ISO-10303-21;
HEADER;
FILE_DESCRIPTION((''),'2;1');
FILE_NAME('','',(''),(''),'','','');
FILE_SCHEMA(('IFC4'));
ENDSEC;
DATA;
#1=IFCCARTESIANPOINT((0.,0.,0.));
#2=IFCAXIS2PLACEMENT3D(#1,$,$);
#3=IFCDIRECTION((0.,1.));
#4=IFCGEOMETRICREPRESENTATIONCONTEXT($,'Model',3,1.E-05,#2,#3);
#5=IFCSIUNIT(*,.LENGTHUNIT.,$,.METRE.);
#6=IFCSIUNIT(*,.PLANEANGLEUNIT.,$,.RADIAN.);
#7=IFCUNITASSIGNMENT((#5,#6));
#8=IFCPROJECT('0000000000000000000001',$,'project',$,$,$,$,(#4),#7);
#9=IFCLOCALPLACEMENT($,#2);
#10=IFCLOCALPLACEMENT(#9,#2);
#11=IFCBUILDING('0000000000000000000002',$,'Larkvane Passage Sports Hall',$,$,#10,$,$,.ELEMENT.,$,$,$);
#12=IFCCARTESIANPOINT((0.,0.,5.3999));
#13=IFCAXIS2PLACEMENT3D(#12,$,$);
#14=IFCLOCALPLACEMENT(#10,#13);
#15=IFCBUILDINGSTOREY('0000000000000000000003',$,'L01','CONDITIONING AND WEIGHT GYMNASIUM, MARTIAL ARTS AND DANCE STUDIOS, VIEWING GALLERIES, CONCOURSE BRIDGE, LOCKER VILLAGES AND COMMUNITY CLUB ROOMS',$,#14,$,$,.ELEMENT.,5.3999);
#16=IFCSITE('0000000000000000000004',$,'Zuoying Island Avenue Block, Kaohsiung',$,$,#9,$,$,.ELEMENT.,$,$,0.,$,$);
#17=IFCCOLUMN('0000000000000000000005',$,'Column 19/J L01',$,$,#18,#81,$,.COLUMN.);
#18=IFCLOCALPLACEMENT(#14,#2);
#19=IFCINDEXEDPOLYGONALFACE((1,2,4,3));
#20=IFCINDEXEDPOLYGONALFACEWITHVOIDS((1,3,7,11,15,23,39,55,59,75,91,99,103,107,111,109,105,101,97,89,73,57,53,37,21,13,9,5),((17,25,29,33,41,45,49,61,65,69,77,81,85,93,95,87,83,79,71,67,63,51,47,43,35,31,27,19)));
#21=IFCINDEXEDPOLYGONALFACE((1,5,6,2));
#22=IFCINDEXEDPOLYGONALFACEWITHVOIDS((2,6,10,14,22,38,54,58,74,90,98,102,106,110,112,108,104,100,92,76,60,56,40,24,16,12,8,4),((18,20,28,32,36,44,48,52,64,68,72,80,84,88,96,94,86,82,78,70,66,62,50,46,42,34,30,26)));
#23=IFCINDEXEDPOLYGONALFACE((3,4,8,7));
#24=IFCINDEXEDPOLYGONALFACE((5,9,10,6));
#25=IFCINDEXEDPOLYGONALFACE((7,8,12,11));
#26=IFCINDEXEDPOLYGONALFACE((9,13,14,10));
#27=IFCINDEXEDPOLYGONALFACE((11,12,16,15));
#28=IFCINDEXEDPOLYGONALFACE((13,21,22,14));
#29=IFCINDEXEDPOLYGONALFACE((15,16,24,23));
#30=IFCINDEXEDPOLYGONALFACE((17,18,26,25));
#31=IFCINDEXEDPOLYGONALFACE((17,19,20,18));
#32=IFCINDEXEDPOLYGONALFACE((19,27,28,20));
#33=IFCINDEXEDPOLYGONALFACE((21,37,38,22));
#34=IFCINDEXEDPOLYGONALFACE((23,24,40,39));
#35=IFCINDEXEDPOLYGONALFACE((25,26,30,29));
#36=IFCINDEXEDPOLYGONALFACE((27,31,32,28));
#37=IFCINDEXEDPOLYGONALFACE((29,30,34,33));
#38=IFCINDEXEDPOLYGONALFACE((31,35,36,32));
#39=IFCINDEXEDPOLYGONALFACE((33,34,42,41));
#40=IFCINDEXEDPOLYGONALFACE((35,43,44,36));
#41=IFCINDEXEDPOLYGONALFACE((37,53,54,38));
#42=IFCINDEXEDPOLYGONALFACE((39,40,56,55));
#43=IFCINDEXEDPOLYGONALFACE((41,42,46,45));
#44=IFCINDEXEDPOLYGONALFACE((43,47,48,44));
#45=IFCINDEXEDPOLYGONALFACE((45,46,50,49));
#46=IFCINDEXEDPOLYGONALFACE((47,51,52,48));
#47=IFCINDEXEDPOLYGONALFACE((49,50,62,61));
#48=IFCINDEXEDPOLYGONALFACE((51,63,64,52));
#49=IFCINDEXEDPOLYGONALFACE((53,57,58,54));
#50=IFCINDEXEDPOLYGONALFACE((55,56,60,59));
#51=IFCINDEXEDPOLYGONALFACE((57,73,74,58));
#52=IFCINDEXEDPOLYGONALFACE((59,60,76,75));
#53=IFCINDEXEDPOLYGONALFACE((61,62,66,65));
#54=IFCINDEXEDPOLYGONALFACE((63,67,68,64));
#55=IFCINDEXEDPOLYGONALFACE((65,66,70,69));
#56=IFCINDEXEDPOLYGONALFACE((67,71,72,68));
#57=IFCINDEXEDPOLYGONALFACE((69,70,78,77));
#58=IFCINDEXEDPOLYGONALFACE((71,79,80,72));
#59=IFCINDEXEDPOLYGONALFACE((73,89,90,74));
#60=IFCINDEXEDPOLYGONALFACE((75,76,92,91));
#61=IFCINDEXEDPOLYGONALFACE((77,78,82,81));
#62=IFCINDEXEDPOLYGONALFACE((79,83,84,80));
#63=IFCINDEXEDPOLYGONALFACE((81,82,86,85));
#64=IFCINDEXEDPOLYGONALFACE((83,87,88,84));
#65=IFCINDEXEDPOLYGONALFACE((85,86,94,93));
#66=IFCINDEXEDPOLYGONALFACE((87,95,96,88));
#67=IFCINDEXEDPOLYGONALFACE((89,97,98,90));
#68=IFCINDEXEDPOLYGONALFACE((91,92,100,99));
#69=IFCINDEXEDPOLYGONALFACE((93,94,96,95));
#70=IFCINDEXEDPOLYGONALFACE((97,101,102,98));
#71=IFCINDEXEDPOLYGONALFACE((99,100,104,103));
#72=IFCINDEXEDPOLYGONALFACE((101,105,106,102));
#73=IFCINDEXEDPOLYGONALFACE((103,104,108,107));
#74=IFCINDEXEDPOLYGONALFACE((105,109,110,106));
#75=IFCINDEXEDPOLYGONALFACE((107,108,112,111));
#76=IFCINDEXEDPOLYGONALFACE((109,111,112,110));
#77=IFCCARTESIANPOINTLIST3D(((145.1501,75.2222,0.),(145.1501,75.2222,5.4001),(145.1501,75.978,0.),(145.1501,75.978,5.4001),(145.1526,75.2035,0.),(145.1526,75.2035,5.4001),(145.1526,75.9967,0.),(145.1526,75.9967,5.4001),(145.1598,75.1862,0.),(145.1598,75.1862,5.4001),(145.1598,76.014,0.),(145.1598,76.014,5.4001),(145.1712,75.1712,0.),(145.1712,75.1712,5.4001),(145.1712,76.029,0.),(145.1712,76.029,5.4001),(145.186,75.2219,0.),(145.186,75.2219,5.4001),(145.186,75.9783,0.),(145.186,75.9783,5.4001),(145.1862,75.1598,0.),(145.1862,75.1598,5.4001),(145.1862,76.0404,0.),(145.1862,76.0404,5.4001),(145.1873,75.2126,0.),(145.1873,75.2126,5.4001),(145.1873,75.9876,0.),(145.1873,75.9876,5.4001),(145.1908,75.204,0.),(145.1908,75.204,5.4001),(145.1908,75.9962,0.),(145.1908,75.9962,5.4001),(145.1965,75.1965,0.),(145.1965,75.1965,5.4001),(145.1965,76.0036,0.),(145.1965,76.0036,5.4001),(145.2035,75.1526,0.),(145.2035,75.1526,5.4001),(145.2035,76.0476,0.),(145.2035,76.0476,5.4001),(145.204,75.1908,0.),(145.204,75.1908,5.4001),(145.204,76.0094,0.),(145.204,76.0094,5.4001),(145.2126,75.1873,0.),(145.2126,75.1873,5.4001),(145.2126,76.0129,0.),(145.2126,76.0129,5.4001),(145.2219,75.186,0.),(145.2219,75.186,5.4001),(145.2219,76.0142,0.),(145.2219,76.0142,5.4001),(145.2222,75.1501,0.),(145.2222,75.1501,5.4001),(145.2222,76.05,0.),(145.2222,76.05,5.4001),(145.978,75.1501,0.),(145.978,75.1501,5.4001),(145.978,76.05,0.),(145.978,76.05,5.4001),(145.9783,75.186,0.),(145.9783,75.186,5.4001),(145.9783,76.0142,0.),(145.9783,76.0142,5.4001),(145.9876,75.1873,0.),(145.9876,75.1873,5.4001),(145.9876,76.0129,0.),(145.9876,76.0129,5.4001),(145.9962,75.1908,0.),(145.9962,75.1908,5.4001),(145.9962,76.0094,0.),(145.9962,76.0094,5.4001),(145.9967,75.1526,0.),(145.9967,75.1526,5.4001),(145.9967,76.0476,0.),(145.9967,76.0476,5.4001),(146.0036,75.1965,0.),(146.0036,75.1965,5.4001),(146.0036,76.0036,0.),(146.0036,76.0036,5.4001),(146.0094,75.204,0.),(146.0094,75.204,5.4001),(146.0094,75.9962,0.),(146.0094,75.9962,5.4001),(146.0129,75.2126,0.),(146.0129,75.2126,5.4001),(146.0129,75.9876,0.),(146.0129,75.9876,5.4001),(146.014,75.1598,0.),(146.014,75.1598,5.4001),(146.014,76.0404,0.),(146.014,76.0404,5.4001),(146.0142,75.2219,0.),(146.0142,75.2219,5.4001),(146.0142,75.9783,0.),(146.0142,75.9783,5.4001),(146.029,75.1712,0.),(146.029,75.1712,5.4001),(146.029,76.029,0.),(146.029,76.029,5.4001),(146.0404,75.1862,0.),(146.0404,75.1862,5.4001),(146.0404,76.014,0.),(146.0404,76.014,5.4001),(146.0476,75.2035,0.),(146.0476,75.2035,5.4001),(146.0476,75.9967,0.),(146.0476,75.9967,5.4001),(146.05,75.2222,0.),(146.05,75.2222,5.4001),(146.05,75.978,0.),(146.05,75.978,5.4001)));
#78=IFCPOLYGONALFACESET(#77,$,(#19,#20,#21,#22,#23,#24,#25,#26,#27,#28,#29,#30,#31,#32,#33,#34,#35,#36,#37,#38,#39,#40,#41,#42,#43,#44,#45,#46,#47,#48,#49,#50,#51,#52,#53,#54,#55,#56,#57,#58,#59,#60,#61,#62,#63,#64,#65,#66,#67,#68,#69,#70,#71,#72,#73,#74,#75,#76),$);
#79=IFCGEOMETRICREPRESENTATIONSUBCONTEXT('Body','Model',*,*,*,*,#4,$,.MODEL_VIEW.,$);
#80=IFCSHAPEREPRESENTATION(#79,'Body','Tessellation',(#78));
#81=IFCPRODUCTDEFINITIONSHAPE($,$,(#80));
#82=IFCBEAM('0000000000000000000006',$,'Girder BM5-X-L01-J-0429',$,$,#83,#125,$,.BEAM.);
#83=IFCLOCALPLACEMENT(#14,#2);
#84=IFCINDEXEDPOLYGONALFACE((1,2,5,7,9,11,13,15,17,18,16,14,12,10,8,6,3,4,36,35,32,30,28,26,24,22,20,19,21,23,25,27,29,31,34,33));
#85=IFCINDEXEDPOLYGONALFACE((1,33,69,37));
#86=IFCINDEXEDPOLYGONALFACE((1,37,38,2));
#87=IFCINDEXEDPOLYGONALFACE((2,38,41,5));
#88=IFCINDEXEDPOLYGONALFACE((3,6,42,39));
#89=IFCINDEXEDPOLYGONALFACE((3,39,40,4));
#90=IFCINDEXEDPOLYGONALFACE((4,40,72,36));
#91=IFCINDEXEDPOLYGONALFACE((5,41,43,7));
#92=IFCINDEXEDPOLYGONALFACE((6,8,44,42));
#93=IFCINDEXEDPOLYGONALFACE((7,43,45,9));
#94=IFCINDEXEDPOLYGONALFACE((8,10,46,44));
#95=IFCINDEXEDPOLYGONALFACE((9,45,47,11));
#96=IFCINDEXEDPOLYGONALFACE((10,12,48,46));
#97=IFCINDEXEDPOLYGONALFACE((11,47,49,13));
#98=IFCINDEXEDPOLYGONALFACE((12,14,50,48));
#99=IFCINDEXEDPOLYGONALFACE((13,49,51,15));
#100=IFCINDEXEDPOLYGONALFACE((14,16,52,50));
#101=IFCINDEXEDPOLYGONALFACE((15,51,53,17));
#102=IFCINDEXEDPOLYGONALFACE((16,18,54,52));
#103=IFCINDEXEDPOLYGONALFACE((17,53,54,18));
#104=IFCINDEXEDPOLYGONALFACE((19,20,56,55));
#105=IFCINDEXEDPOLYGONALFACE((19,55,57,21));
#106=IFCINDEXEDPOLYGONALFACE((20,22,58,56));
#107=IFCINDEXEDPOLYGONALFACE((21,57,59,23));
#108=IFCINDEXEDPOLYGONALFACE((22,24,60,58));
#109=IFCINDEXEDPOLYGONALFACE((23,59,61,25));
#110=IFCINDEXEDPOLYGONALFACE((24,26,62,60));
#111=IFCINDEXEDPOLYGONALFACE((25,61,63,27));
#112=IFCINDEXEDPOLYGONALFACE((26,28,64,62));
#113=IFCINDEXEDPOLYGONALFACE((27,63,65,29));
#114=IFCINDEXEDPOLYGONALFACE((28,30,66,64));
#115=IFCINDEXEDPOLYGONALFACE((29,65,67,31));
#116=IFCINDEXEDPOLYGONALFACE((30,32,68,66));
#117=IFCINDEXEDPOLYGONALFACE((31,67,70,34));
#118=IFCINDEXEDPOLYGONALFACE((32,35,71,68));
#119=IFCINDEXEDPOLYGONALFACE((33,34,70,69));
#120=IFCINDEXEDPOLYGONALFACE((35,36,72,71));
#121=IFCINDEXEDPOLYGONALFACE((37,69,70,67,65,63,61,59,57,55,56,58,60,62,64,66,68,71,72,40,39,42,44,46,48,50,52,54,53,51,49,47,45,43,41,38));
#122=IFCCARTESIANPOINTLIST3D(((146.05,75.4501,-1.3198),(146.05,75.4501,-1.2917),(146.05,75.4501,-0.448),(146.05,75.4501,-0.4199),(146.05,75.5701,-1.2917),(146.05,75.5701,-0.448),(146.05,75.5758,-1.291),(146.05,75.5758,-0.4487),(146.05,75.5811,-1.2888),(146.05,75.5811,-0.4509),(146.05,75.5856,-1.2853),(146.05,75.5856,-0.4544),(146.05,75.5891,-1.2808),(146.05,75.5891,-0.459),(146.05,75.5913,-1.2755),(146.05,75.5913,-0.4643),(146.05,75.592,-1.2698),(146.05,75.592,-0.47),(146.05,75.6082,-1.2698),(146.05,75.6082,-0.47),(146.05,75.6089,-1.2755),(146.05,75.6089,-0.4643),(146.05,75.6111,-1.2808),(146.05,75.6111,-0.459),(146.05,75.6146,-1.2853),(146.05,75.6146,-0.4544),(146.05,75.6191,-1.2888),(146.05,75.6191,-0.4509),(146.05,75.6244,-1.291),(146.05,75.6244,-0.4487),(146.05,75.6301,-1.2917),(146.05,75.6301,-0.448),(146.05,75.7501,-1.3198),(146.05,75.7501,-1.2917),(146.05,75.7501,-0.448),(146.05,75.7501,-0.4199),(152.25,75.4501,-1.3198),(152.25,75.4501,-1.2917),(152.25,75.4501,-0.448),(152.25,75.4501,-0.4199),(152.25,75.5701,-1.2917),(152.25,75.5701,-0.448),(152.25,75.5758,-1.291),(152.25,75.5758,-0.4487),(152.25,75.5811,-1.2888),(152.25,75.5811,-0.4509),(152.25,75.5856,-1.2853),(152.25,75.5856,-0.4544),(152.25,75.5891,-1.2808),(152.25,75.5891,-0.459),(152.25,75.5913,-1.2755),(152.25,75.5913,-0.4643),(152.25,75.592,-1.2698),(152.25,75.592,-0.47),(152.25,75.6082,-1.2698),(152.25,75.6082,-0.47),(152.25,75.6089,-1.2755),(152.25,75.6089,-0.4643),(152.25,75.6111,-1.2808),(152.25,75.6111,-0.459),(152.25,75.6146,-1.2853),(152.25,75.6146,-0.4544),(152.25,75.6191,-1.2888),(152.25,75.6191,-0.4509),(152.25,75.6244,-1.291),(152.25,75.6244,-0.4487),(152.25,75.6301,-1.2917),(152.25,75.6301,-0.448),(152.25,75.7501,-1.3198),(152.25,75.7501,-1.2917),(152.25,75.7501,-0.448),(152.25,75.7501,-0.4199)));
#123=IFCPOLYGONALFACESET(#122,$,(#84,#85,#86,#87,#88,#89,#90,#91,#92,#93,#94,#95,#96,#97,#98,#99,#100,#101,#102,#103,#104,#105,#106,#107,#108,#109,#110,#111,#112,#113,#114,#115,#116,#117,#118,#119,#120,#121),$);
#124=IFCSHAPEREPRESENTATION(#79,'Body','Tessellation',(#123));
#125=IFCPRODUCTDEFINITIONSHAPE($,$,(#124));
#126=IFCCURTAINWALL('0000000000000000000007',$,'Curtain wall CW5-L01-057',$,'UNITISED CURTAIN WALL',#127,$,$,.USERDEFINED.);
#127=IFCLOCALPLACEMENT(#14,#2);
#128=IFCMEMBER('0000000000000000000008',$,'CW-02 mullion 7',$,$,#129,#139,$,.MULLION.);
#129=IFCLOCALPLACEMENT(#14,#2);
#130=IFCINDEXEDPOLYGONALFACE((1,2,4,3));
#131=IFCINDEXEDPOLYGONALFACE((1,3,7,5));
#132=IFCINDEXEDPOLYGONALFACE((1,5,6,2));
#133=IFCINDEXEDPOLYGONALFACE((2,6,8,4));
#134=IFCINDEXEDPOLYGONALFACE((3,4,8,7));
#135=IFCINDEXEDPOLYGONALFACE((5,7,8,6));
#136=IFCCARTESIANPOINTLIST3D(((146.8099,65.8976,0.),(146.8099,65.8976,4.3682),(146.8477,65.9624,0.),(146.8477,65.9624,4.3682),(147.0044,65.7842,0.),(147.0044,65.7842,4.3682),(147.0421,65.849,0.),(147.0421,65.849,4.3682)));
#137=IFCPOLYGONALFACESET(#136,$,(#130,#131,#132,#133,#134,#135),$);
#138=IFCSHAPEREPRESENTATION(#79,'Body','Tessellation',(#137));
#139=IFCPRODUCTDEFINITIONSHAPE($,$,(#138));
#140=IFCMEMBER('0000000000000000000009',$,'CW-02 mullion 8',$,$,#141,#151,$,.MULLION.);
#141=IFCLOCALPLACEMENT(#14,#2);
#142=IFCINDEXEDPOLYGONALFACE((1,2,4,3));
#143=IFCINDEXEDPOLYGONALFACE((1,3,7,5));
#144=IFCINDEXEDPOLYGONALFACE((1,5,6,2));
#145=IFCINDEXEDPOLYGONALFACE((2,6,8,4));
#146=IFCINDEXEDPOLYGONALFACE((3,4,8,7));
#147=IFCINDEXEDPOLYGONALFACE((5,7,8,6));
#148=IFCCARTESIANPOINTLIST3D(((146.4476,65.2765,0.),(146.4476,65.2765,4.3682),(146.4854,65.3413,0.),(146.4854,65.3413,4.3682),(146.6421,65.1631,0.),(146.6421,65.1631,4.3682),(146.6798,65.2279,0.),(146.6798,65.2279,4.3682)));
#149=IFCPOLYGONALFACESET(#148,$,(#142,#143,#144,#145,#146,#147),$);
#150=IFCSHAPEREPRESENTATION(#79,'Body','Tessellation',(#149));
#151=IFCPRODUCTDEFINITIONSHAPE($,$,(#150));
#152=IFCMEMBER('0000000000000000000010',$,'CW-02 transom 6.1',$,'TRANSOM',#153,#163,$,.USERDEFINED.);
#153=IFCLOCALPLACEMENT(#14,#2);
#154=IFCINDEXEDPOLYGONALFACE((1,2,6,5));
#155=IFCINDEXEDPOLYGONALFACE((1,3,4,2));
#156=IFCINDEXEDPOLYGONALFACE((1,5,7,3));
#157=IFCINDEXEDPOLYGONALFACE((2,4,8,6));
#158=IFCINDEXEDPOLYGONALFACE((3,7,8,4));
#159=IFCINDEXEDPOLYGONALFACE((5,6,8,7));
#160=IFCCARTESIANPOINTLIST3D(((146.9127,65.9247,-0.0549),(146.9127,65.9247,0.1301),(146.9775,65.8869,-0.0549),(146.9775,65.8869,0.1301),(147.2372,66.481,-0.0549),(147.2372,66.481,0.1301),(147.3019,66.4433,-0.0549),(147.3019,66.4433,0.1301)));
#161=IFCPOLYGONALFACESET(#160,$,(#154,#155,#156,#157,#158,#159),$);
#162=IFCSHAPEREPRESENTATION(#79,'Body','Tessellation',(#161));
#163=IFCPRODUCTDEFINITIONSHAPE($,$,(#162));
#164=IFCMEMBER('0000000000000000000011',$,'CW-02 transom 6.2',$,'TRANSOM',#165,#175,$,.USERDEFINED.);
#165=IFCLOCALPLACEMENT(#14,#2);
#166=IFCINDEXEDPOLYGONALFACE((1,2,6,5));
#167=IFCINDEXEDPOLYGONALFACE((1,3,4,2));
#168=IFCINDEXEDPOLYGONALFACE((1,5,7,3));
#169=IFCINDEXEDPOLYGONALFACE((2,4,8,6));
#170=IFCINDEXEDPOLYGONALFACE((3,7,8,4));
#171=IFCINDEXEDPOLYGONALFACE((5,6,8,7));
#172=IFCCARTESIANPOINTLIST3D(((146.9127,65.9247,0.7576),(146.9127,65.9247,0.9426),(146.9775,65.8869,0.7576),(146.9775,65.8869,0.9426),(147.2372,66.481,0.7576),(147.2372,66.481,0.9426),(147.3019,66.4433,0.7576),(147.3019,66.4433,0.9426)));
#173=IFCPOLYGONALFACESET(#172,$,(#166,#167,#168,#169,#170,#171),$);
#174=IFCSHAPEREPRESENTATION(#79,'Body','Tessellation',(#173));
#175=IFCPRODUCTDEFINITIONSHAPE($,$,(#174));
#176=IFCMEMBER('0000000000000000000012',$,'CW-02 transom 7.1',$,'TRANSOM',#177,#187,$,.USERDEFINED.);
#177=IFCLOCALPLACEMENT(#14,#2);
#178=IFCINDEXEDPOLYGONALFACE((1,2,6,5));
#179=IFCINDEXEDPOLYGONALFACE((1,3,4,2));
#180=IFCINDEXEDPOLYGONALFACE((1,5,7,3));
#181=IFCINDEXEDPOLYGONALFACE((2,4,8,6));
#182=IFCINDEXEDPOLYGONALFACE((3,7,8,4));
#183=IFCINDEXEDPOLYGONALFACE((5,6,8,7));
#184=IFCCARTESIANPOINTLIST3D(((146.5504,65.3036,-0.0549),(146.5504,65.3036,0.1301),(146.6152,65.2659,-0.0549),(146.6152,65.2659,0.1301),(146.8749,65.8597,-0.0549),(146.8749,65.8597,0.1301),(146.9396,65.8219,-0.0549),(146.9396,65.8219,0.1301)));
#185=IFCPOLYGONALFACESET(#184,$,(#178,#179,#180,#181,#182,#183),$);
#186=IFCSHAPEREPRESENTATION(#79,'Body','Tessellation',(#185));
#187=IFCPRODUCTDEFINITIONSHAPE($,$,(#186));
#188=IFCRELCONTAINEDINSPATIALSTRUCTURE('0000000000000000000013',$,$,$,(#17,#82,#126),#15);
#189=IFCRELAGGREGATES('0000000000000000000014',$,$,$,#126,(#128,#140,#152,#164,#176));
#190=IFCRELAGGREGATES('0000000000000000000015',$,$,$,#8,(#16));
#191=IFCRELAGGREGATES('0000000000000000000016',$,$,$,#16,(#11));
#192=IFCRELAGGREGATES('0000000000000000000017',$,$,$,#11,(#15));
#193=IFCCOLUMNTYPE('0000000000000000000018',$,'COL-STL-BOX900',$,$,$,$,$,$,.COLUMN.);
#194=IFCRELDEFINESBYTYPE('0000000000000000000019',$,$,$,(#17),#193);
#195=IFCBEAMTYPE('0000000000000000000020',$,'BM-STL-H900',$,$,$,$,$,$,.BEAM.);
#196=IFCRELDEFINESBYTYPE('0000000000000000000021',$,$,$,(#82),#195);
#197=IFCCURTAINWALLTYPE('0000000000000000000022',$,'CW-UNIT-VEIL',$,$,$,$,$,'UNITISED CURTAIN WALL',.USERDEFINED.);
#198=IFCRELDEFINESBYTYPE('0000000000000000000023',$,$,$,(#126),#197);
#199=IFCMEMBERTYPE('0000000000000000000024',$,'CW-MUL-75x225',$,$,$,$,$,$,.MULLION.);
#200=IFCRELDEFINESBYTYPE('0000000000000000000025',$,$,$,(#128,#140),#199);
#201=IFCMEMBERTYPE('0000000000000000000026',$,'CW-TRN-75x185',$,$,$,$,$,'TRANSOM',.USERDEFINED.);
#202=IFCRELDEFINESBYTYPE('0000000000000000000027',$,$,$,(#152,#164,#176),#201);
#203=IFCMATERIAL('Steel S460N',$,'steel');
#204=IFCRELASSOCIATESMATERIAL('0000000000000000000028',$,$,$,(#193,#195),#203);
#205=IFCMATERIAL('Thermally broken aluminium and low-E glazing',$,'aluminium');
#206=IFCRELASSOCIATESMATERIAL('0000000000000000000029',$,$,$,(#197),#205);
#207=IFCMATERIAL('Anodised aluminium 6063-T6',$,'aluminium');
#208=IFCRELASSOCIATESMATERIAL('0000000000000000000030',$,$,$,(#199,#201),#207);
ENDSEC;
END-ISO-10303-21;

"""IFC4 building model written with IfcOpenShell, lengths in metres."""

from ifc_helpers import new_model, si_unit, direction, frame, origin, origin_2d, place, context, subcontext, project, spatial, rectangle, hollow_rectangle, i_section, extrude, material, material_profile, profile_set, type_object, element, aggregate, save


model = new_model("IFC4")

# Units and contexts
model_context = context("Model", 3, precision=1e-05, world=origin(), true_north=direction((0.0, 1.0)))
body_context = subcontext(model_context, "Body", "Model", "MODEL_VIEW")
ifc_project = project(units=[si_unit("LENGTHUNIT", "METRE"), si_unit("PLANEANGLEUNIT", "RADIAN")], contexts=[model_context])

# Site, building, storey
site_placement = place(None, origin())
site = spatial("IfcSite", under=ifc_project, at=site_placement, Name="Zuoying Island Avenue Block, Kaohsiung", CompositionType="ELEMENT", RefElevation=0.0)
building_placement = place(site_placement, origin())
building = spatial("IfcBuilding", under=site, at=building_placement, Name="Larkvane Passage Sports Hall", CompositionType="ELEMENT")
storey_placement = place(building_placement, frame((0.0, 0.0, 5.3999)))
storey = spatial("IfcBuildingStorey", under=building, at=storey_placement, Name="L01", Description="CONDITIONING AND WEIGHT GYMNASIUM, MARTIAL ARTS AND DANCE STUDIOS, VIEWING GALLERIES, CONCOURSE BRIDGE, LOCKER VILLAGES AND COMMUNITY CLUB ROOMS", CompositionType="ELEMENT", Elevation=5.3999)

# Column
ifc_material_1 = material(Name="Steel S460N", Category="steel")
ifc_material_profile_1 = material_profile(ifc_material_1, hollow_rectangle(XDim=0.8999, YDim=0.8999, WallThickness=0.0359, InnerFilletRadius=0.0359, OuterFilletRadius=0.072, at=origin_2d()), Name="BOX-900x900x36")
ifc_profile_set_1 = profile_set([ifc_material_profile_1], Name="Steel S460N")
column_type = type_object("IfcColumnType", Name="COL-STL-BOX900", PredefinedType="COLUMN", material=ifc_profile_set_1)
column_placement = place(storey_placement, frame((145.6001, 75.6001, 0.0), z_axis=(0.0, 0.0, 1.0), x_axis=(1.0, 0.0, 0.0)))
element("IfcColumn", 1, at=column_placement, inside=storey, type_object=column_type, Name="Column 19/J L01", PredefinedType="COLUMN", context=body_context, shape_type="SweptSolid", body=[
    extrude(hollow_rectangle(XDim=0.8999, YDim=0.8999, WallThickness=0.0359, InnerFilletRadius=0.0359, OuterFilletRadius=0.072, at=origin_2d()), origin(), (0.0, 0.0, 1.0), 5.4001),
])

# Beam
ifc_material_profile_2 = material_profile(ifc_material_1, i_section(OverallWidth=0.3, OverallDepth=0.8999, WebThickness=0.0161, FlangeThickness=0.0281, FilletRadius=0.022, at=origin_2d()), Name="H-900x300x16x28")
ifc_profile_set_2 = profile_set([ifc_material_profile_2], Name="Steel S460N")
beam_type_1 = type_object("IfcBeamType", Name="BM-STL-H900", PredefinedType="BEAM", material=ifc_profile_set_2)
beam_1_placement = place(storey_placement, frame((146.05, 75.6001, -0.8699), z_axis=(1.0, 0.0, 0.0), x_axis=(0.0, 1.0, 0.0)))
element("IfcBeam", 2, at=beam_1_placement, inside=storey, type_object=beam_type_1, Name="Girder BM5-X-L01-J-0429", PredefinedType="BEAM", context=body_context, shape_type="SweptSolid", body=[
    extrude(i_section(OverallWidth=0.3, OverallDepth=0.8999, WebThickness=0.0161, FlangeThickness=0.0281, FilletRadius=0.022, at=origin_2d()), origin(), (0.0, 0.0, 1.0), 6.2),
])

# Curtain wall, members
ifc_material_2 = material(Name="Thermally broken aluminium and low-E glazing", Category="aluminium")
curtain_wall_type = type_object("IfcCurtainWallType", Name="CW-UNIT-VEIL", ElementType="UNITISED CURTAIN WALL", PredefinedType="USERDEFINED", material=ifc_material_2)
curtain_wall_placement = place(storey_placement, origin())
curtain_wall = element("IfcCurtainWall", 3, at=curtain_wall_placement, inside=storey, type_object=curtain_wall_type, Name="Curtain wall CW5-L01-057", ObjectType="UNITISED CURTAIN WALL", PredefinedType="USERDEFINED")
ifc_material_3 = material(Name="Anodised aluminium 6063-T6", Category="aluminium")
ifc_material_profile_3 = material_profile(ifc_material_3, rectangle(XDim=0.075, YDim=0.2251, at=origin_2d()), Name="ALU-MUL-75x225")
ifc_profile_set_3 = profile_set([ifc_material_profile_3], Name="Anodised aluminium 6063-T6")
member_type_1 = type_object("IfcMemberType", Name="CW-MUL-75x225", PredefinedType="MULLION", material=ifc_profile_set_3)
member_1_placement = place(storey_placement, frame((146.926, 65.8733, 0.0), z_axis=(0.0, 0.0, 1.0), x_axis=(-0.503867, -0.863781, 0.0)))
member_1 = element("IfcMember", 4, at=member_1_placement, type_object=member_type_1, Name="CW-02 mullion 7", PredefinedType="MULLION", context=body_context, shape_type="SweptSolid", body=[
    extrude(rectangle(XDim=0.075, YDim=0.2251, at=origin_2d()), origin(), (0.0, 0.0, 1.0), 4.3682),
])
member_2_placement = place(storey_placement, frame((146.5637, 65.2522, 0.0), z_axis=(0.0, 0.0, 1.0), x_axis=(-0.503867, -0.863781, 0.0)))
member_2 = element("IfcMember", 5, at=member_2_placement, type_object=member_type_1, Name="CW-02 mullion 8", PredefinedType="MULLION", context=body_context, shape_type="SweptSolid", body=[
    extrude(rectangle(XDim=0.075, YDim=0.2251, at=origin_2d()), origin(), (0.0, 0.0, 1.0), 4.3682),
])
ifc_material_profile_4 = material_profile(ifc_material_3, rectangle(XDim=0.075, YDim=0.1851, at=origin_2d()), Name="ALU-TRN-75x185")
ifc_profile_set_4 = profile_set([ifc_material_profile_4], Name="Anodised aluminium 6063-T6")
member_type_2 = type_object("IfcMemberType", Name="CW-TRN-75x185", ElementType="TRANSOM", PredefinedType="USERDEFINED", material=ifc_profile_set_4)
member_3_placement = place(storey_placement, frame((147.2695, 66.4622, 0.0376), z_axis=(-0.503753, -0.863848, 0.0), x_axis=(0.863848, -0.503753, 0.0)))
member_3 = element("IfcMember", 6, at=member_3_placement, type_object=member_type_2, Name="CW-02 transom 6.1", ObjectType="TRANSOM", PredefinedType="USERDEFINED", context=body_context, shape_type="SweptSolid", body=[
    extrude(rectangle(XDim=0.075, YDim=0.1851, at=origin_2d()), origin(), (0.0, 0.0, 1.0), 0.644),
])
member_4_placement = place(storey_placement, frame((147.2695, 66.4622, 0.8501), z_axis=(-0.503753, -0.863848, 0.0), x_axis=(0.863848, -0.503753, 0.0)))
member_4 = element("IfcMember", 7, at=member_4_placement, type_object=member_type_2, Name="CW-02 transom 6.2", ObjectType="TRANSOM", PredefinedType="USERDEFINED", context=body_context, shape_type="SweptSolid", body=[
    extrude(rectangle(XDim=0.075, YDim=0.1851, at=origin_2d()), origin(), (0.0, 0.0, 1.0), 0.644),
])
member_5_placement = place(storey_placement, frame((146.9072, 65.8408, 0.0376), z_axis=(-0.503918, -0.863751, 0.0), x_axis=(0.863751, -0.503918, 0.0)))
member_5 = element("IfcMember", 8, at=member_5_placement, type_object=member_type_2, Name="CW-02 transom 7.1", ObjectType="TRANSOM", PredefinedType="USERDEFINED", context=body_context, shape_type="SweptSolid", body=[
    extrude(rectangle(XDim=0.075, YDim=0.1851, at=origin_2d()), origin(), (0.0, 0.0, 1.0), 0.6438),
])

aggregate(curtain_wall, [member_1, member_2, member_3, member_4, member_5])

save(model, "model.ifc")
